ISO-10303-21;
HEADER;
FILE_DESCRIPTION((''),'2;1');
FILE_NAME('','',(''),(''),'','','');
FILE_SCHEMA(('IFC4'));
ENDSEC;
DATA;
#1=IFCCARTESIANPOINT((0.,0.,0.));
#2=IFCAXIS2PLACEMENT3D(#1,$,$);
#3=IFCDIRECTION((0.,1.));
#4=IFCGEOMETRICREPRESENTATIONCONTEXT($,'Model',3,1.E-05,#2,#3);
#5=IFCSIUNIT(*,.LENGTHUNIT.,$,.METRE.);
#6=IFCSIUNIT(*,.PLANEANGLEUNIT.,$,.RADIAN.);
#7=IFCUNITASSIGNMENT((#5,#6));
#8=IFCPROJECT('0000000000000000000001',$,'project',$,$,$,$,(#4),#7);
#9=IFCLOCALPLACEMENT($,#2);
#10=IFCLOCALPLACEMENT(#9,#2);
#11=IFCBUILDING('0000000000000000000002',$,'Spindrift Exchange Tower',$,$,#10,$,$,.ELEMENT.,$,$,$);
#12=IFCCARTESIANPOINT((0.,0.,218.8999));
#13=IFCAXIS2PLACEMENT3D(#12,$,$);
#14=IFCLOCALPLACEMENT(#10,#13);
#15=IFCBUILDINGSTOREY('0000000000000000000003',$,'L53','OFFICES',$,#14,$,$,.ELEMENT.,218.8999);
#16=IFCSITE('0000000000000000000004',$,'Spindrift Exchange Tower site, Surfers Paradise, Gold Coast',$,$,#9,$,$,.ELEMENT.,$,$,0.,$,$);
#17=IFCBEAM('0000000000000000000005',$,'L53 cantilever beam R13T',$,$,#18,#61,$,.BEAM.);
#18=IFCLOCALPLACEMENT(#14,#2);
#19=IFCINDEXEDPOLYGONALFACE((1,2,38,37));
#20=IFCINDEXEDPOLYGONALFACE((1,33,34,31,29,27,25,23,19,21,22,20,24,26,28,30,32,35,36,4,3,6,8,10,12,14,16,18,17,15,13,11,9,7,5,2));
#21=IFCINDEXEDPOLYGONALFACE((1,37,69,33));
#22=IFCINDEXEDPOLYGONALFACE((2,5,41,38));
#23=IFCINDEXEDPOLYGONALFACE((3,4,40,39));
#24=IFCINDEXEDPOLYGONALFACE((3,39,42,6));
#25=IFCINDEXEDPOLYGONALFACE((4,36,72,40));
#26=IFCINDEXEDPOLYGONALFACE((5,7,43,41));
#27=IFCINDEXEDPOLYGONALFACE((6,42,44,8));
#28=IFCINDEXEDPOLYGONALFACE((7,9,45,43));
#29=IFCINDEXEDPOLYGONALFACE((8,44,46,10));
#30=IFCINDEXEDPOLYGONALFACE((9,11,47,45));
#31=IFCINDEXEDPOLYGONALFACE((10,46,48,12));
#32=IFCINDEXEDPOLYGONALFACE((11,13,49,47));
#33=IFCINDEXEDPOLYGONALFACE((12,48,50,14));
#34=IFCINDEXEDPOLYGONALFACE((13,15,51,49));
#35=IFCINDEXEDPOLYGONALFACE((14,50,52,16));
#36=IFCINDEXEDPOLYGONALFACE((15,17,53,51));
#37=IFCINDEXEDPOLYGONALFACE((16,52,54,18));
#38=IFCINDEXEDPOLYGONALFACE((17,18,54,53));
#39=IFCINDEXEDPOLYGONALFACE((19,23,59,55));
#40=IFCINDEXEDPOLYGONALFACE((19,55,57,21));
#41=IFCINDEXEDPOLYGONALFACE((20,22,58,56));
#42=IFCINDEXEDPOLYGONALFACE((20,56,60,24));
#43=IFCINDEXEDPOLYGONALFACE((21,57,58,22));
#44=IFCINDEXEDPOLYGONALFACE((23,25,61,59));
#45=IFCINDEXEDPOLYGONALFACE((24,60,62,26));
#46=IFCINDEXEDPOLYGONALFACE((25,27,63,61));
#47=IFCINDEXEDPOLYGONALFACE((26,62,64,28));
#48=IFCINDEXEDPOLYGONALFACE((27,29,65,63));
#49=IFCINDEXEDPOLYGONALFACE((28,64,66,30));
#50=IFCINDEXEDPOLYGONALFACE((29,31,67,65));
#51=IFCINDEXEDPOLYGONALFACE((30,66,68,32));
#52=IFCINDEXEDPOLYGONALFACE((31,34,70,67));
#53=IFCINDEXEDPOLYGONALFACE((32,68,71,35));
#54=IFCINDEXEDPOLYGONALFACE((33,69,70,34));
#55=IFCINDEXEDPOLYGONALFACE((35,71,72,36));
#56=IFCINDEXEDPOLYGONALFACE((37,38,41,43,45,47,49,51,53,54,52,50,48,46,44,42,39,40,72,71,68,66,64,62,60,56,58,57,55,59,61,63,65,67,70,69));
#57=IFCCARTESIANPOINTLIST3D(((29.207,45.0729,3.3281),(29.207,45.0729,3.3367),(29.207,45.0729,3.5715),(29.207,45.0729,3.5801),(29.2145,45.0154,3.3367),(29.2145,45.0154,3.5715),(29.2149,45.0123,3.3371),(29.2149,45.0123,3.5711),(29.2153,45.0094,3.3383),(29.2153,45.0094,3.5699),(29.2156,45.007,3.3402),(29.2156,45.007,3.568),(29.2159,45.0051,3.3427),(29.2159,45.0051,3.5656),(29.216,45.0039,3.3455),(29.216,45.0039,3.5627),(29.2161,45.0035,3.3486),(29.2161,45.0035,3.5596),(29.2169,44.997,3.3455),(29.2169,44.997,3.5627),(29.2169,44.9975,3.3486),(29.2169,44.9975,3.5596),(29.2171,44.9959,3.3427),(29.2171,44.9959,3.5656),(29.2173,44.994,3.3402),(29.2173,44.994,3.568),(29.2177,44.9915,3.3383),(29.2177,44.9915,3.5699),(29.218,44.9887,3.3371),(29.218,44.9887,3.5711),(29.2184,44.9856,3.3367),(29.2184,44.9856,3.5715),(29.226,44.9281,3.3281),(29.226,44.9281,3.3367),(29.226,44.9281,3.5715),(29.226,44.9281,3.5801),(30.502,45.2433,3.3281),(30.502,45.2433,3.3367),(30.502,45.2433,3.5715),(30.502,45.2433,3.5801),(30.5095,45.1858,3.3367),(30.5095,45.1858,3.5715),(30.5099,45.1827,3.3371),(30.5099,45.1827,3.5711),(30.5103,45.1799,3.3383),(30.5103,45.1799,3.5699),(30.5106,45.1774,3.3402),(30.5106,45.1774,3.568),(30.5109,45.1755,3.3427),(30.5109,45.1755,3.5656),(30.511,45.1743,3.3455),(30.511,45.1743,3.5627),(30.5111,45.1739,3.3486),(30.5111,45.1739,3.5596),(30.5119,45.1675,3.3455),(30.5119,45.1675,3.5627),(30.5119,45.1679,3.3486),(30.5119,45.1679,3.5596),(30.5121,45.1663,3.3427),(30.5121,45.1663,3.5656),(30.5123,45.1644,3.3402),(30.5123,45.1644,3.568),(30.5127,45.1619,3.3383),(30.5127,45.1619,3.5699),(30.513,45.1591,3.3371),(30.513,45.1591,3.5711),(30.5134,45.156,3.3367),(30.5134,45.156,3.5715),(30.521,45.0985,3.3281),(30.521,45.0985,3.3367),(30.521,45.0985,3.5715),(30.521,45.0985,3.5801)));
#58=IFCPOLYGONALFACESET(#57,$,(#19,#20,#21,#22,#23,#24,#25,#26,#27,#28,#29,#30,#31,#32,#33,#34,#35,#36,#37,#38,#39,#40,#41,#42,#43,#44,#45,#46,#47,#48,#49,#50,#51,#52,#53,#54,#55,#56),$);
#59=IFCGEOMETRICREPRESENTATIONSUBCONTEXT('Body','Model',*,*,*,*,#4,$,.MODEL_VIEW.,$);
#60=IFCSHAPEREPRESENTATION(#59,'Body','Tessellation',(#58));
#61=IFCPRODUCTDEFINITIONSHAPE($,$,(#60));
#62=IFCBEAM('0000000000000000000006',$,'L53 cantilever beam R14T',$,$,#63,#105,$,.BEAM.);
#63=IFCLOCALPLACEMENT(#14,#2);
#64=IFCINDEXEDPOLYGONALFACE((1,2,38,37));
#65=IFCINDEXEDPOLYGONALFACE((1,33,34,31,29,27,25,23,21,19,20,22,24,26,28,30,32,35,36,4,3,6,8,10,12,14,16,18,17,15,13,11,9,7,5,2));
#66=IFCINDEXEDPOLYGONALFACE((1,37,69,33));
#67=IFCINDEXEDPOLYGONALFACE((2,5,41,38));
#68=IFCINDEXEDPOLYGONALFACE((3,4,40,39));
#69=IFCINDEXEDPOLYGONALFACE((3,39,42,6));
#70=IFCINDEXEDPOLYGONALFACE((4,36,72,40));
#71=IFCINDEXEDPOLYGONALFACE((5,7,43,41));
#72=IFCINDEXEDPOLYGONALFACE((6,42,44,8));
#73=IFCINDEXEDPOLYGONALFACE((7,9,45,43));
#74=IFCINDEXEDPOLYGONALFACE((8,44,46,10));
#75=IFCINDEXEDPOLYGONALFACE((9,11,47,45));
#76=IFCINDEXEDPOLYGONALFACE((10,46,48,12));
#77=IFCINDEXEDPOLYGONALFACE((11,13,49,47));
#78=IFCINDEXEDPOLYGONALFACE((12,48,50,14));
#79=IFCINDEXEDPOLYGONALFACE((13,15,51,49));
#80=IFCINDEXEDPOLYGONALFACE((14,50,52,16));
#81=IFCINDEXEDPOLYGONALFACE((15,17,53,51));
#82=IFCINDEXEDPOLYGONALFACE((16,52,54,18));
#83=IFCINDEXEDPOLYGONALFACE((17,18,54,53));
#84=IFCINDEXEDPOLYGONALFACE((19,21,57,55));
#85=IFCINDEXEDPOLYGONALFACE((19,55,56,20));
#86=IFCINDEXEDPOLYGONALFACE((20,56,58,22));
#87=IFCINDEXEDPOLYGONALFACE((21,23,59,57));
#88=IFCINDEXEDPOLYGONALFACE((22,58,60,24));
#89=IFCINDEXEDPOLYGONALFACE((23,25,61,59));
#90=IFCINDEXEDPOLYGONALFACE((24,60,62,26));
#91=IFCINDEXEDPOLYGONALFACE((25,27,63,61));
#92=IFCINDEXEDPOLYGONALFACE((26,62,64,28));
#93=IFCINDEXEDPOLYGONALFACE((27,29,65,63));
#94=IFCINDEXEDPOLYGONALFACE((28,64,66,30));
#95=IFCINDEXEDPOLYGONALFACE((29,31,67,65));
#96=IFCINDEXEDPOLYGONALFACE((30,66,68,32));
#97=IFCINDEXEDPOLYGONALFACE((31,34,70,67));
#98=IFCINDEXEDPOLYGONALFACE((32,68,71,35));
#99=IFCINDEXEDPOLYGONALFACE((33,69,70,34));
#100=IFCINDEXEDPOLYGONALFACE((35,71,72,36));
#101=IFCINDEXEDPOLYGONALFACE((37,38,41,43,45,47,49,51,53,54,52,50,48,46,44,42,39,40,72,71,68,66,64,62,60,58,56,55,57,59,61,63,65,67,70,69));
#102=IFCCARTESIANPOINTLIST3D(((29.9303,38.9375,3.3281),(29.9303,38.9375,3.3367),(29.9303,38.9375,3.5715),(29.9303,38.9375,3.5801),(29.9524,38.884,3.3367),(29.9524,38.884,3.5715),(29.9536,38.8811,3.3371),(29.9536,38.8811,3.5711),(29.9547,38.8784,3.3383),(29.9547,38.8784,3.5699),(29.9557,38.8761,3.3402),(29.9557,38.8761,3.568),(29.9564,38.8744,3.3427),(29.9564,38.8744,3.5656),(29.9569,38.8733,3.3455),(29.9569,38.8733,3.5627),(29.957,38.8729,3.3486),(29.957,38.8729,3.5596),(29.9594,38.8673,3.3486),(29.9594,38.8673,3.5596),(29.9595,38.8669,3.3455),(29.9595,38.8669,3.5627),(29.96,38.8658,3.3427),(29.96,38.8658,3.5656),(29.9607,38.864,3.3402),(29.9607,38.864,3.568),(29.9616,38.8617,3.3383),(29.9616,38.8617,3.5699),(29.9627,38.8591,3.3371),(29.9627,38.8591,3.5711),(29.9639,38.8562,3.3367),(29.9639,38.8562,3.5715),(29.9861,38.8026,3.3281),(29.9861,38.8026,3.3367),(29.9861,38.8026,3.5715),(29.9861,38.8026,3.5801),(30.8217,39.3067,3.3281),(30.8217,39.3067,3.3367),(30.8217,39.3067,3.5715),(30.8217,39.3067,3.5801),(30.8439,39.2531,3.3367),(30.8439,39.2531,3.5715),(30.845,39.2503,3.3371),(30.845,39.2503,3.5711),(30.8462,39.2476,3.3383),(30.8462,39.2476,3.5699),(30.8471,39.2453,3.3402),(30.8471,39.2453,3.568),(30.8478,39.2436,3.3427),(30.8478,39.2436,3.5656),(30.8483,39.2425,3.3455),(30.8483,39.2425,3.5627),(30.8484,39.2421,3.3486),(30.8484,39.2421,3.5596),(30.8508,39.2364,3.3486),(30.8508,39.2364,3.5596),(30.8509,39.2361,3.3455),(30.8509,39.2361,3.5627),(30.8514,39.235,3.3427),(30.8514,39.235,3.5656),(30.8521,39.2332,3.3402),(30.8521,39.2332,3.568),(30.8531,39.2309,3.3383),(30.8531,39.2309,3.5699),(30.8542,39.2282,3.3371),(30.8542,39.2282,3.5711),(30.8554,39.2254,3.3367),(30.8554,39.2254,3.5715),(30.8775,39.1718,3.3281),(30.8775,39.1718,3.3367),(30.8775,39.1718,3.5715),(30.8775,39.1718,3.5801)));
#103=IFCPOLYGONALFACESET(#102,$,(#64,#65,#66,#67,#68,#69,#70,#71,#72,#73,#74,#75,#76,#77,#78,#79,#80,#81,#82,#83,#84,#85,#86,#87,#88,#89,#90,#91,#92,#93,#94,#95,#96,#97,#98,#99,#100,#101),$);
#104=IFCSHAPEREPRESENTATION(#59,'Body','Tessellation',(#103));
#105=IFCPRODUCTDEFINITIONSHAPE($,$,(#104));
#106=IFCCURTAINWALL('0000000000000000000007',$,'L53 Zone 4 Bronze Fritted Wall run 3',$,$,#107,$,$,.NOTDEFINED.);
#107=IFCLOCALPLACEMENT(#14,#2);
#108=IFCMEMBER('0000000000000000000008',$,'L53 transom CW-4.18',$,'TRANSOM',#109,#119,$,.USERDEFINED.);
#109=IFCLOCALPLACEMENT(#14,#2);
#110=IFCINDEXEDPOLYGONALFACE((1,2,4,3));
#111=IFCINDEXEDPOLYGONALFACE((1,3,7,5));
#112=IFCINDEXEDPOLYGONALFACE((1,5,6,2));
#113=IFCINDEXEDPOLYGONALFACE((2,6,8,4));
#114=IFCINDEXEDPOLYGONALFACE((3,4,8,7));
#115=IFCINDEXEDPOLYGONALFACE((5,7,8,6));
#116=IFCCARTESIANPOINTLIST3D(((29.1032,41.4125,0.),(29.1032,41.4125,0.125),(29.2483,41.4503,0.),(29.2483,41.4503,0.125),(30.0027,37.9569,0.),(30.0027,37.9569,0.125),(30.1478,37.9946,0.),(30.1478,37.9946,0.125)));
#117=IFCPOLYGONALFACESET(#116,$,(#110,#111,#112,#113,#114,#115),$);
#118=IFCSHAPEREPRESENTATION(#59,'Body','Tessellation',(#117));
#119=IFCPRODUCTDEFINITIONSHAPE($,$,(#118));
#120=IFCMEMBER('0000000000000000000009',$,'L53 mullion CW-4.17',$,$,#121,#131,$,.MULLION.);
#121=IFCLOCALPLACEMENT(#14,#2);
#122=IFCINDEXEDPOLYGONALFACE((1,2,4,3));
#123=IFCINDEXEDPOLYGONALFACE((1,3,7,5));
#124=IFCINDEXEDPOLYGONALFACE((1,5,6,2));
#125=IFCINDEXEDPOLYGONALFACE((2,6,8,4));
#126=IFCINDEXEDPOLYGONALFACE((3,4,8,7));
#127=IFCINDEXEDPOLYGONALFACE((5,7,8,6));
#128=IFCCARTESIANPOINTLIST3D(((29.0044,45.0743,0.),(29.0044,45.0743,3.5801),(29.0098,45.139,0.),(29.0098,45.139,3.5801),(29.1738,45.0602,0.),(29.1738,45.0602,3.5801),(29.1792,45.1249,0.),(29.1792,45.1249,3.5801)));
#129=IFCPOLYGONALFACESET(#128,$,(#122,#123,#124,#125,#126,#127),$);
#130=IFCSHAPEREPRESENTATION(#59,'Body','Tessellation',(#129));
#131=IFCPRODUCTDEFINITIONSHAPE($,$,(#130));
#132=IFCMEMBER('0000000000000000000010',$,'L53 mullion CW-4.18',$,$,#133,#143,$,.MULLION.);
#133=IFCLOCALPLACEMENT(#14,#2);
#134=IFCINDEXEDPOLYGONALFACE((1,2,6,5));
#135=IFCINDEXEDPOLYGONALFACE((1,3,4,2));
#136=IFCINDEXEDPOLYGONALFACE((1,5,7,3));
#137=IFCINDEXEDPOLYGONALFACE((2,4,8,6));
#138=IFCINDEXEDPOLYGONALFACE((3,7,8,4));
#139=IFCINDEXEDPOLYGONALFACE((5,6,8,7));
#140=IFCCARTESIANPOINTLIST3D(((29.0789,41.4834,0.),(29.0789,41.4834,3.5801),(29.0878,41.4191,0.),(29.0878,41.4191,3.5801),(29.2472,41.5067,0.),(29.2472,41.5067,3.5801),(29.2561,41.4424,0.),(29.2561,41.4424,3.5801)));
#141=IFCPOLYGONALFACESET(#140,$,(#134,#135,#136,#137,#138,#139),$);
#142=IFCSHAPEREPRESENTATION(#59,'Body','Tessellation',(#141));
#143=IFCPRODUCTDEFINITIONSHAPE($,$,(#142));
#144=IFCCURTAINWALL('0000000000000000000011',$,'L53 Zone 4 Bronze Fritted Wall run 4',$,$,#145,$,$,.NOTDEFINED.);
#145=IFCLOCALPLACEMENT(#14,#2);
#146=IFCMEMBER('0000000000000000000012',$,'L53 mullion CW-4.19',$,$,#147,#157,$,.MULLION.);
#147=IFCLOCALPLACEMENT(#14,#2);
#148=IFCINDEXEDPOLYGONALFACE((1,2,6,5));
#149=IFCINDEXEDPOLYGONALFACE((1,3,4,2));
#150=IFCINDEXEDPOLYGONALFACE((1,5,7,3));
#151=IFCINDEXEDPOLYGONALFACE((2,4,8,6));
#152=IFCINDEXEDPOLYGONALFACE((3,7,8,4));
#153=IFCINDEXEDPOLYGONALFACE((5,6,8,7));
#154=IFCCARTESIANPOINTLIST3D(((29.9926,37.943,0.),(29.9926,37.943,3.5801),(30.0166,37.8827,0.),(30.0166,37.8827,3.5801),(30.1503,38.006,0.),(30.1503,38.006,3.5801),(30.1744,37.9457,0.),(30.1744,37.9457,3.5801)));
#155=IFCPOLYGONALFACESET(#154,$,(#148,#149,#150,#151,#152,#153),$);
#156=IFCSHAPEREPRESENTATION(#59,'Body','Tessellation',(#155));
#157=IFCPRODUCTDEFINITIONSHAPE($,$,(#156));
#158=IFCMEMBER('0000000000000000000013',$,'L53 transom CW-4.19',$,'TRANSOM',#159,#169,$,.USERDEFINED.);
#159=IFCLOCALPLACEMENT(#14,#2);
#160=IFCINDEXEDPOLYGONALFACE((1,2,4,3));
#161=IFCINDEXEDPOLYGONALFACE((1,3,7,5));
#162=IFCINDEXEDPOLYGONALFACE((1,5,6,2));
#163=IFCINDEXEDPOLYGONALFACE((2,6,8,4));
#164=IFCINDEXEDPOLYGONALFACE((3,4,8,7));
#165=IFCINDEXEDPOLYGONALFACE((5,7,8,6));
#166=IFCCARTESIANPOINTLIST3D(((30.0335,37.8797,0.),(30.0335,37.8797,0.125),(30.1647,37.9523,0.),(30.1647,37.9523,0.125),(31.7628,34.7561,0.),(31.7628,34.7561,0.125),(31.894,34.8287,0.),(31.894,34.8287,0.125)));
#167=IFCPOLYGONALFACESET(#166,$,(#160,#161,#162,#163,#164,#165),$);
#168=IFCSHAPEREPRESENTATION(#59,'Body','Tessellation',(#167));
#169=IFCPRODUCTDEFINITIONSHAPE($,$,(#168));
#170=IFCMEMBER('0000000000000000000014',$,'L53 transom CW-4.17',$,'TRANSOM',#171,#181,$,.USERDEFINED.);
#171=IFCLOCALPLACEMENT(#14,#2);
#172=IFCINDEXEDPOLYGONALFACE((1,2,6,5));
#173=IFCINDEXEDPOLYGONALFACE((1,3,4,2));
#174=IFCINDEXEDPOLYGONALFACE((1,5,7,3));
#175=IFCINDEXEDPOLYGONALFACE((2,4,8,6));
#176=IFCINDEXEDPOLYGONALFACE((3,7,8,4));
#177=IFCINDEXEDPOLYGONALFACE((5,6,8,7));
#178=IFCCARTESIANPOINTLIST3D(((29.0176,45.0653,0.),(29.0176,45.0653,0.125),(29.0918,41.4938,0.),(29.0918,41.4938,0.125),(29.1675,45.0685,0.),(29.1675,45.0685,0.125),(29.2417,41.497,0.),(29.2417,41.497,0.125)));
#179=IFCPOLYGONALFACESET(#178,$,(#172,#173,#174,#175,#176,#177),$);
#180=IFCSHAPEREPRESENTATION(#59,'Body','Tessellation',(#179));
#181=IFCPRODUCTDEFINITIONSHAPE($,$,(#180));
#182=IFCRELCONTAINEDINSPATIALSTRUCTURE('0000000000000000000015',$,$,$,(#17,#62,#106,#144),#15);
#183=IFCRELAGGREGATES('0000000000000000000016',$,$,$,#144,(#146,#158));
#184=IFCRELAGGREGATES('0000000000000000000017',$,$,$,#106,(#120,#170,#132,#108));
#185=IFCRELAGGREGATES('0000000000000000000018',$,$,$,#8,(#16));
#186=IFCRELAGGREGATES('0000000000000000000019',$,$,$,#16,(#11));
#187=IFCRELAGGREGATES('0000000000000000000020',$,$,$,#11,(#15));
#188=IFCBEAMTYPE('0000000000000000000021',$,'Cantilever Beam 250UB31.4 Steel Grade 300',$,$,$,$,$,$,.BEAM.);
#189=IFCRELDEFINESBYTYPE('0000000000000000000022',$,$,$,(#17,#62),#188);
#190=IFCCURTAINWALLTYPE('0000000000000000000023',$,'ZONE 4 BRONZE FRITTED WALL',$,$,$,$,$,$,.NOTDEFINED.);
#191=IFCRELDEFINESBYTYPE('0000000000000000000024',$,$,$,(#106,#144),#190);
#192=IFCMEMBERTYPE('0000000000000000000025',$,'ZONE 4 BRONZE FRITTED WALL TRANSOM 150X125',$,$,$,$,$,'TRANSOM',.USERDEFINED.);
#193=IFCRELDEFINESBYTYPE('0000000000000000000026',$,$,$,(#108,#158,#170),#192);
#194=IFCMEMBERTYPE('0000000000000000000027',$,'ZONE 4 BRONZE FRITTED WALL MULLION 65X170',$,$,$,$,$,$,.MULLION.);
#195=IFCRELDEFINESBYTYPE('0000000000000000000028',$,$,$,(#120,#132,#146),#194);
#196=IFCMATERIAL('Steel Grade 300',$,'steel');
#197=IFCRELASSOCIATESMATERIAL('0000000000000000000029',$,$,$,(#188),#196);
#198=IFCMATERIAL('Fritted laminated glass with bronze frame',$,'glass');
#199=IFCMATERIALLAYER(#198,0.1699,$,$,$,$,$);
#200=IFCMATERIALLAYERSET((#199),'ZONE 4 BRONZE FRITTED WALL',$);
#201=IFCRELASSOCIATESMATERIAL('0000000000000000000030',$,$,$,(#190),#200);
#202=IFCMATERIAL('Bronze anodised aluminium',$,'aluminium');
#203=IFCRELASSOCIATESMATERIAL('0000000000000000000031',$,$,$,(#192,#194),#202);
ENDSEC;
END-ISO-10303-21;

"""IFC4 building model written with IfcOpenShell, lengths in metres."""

from ifc_helpers import new_model, si_unit, direction, frame, origin, origin_2d, place, context, subcontext, project, spatial, rectangle, i_section, extrude, source, transform, mapped, material, layer, layer_set, material_profile, profile_set, type_object, element, aggregate, save


model = new_model("IFC4")

# Units and contexts
model_context = context("Model", 3, precision=1e-05, world=origin(), true_north=direction((0.0, 1.0)))
body_context = subcontext(model_context, "Body", "Model", "MODEL_VIEW")
ifc_project = project(units=[si_unit("LENGTHUNIT", "METRE"), si_unit("PLANEANGLEUNIT", "RADIAN")], contexts=[model_context])

# Site, building, storey
site_placement = place(None, origin())
site = spatial("IfcSite", under=ifc_project, at=site_placement, Name="Spindrift Exchange Tower site, Surfers Paradise, Gold Coast", CompositionType="ELEMENT", RefElevation=0.0)
building_placement = place(site_placement, origin())
building = spatial("IfcBuilding", under=site, at=building_placement, Name="Spindrift Exchange Tower", CompositionType="ELEMENT")
storey_placement = place(building_placement, frame((0.0, 0.0, 218.8999)))
storey = spatial("IfcBuildingStorey", under=building, at=storey_placement, Name="L53", Description="OFFICES", CompositionType="ELEMENT", Elevation=218.8999)

# Beams
ifc_material_1 = material(Name="Steel Grade 300", Category="steel")
ifc_material_profile_1 = material_profile(ifc_material_1, i_section(OverallWidth=0.146, OverallDepth=0.252, WebThickness=0.0061, FlangeThickness=0.0085, FilletRadius=0.012, at=origin_2d()), Name="250UB31.4")
ifc_profile_set_1 = profile_set([ifc_material_profile_1], Name="Steel Grade 300")
beam_type_1 = type_object("IfcBeamType", Name="Cantilever Beam 250UB31.4 Steel Grade 300", PredefinedType="BEAM", material=ifc_profile_set_1)
shared_shape_1 = source(origin(), body_context, "Body", "SweptSolid", [
    extrude(i_section(OverallWidth=0.146, OverallDepth=0.252, WebThickness=0.0061, FlangeThickness=0.0085, FilletRadius=0.012, at=origin_2d()), origin(), (0.0, 0.0, 1.0), 1.3062),
])
beam_1_placement = place(storey_placement, frame((30.5115, 45.1709, 3.4541), z_axis=(-0.991452, -0.130474, 0.0), x_axis=(0.130474, -0.991452, 0.0)))
element("IfcBeam", 1, at=beam_1_placement, inside=storey, type_object=beam_type_1, Name="L53 cantilever beam R13T", PredefinedType="BEAM", context=body_context, shape_type="MappedRepresentation", body=[
    mapped(shared_shape_1, transform((0.0, 0.0, 0.0), scale=1.0)),
])
shared_shape_2 = source(origin(), body_context, "Body", "SweptSolid", [
    extrude(i_section(OverallWidth=0.146, OverallDepth=0.252, WebThickness=0.0061, FlangeThickness=0.0085, FilletRadius=0.012, at=origin_2d()), origin(), (0.0, 0.0, 1.0), 0.9648),
])
beam_2_placement = place(storey_placement, frame((30.8496, 39.2393, 3.4541), z_axis=(-0.923906, -0.38262, 0.0), x_axis=(0.38262, -0.923906, 0.0)))
element("IfcBeam", 2, at=beam_2_placement, inside=storey, type_object=beam_type_1, Name="L53 cantilever beam R14T", PredefinedType="BEAM", context=body_context, shape_type="MappedRepresentation", body=[
    mapped(shared_shape_2, transform((0.0, 0.0, 0.0), scale=1.0)),
])

# Curtain walls, members
ifc_material_2 = material(Name="Fritted laminated glass with bronze frame", Category="glass")
ifc_layer_1 = layer(ifc_material_2, 0.1699)
ifc_layer_set_1 = layer_set([ifc_layer_1], Name="ZONE 4 BRONZE FRITTED WALL")
curtain_wall_type = type_object("IfcCurtainWallType", Name="ZONE 4 BRONZE FRITTED WALL", PredefinedType="NOTDEFINED", material=ifc_layer_set_1)
curtain_wall_1_placement = place(storey_placement, origin())
curtain_wall_1 = element("IfcCurtainWall", 3, at=curtain_wall_1_placement, inside=storey, type_object=curtain_wall_type, Name="L53 Zone 4 Bronze Fritted Wall run 3", PredefinedType="NOTDEFINED")
ifc_material_3 = material(Name="Bronze anodised aluminium", Category="aluminium")
ifc_material_profile_2 = material_profile(ifc_material_3, rectangle(XDim=0.1499, YDim=0.125, at=origin_2d()), Name="ZONE 4 BRONZE FRITTED WALL TRANSOM 150X125")
ifc_profile_set_2 = profile_set([ifc_material_profile_2], Name="Bronze anodised aluminium")
member_type_1 = type_object("IfcMemberType", Name="ZONE 4 BRONZE FRITTED WALL TRANSOM 150X125", ElementType="TRANSOM", PredefinedType="USERDEFINED", material=ifc_profile_set_2)
shared_shape_3 = source(origin(), body_context, "Body", "SweptSolid", [
    extrude(rectangle(XDim=0.1499, YDim=0.125, at=origin_2d()), origin(), (0.0, 0.0, 1.0), 3.5708),
])
member_1_placement = place(storey_placement, frame((29.1758, 41.4314, 0.0625), z_axis=(0.251887, -0.967757, 0.0), x_axis=(0.967757, 0.251887, 0.0)))
member_1 = element("IfcMember", 4, at=member_1_placement, type_object=member_type_1, Name="L53 transom CW-4.18", ObjectType="TRANSOM", PredefinedType="USERDEFINED", context=body_context, shape_type="MappedRepresentation", body=[
    mapped(shared_shape_3, transform((0.0, 0.0, 0.0), scale=1.0)),
])
ifc_material_profile_3 = material_profile(ifc_material_3, rectangle(XDim=0.0649, YDim=0.1699, at=origin_2d()), Name="ZONE 4 BRONZE FRITTED WALL MULLION 65X170")
ifc_profile_set_3 = profile_set([ifc_material_profile_3], Name="Bronze anodised aluminium")
member_type_2 = type_object("IfcMemberType", Name="ZONE 4 BRONZE FRITTED WALL MULLION 65X170", PredefinedType="MULLION", material=ifc_profile_set_3)
shared_shape_4 = source(origin(), body_context, "Body", "SweptSolid", [
    extrude(rectangle(XDim=0.0649, YDim=0.1699, at=origin_2d()), origin(), (0.0, 0.0, 1.0), 3.5801),
])
member_2_placement = place(storey_placement, frame((29.0918, 45.0996, 0.0), z_axis=(0.0, 0.0, 1.0), x_axis=(-0.082974, -0.996552, 0.0)))
member_2 = element("IfcMember", 5, at=member_2_placement, type_object=member_type_2, Name="L53 mullion CW-4.17", PredefinedType="MULLION", context=body_context, shape_type="MappedRepresentation", body=[
    mapped(shared_shape_4, transform((0.0, 0.0, 0.0), scale=1.0)),
])
member_3_placement = place(storey_placement, frame((29.1675, 41.4629, 0.0), z_axis=(0.0, 0.0, 1.0), x_axis=(0.137314, -0.990528, 0.0)))
member_3 = element("IfcMember", 6, at=member_3_placement, type_object=member_type_2, Name="L53 mullion CW-4.18", PredefinedType="MULLION", context=body_context, shape_type="MappedRepresentation", body=[
    mapped(shared_shape_4, transform((0.0, 0.0, 0.0), scale=1.0)),
])
curtain_wall_2_placement = place(storey_placement, origin())
curtain_wall_2 = element("IfcCurtainWall", 7, at=curtain_wall_2_placement, inside=storey, type_object=curtain_wall_type, Name="L53 Zone 4 Bronze Fritted Wall run 4", PredefinedType="NOTDEFINED")
member_4_placement = place(storey_placement, frame((30.0835, 37.9443, 0.0), z_axis=(0.0, 0.0, 1.0), x_axis=(0.371053, -0.928612, 0.0)))
member_4 = element("IfcMember", 8, at=member_4_placement, type_object=member_type_2, Name="L53 mullion CW-4.19", PredefinedType="MULLION", context=body_context, shape_type="MappedRepresentation", body=[
    mapped(shared_shape_4, transform((0.0, 0.0, 0.0), scale=1.0)),
])
shared_shape_5 = source(origin(), body_context, "Body", "SweptSolid", [
    extrude(rectangle(XDim=0.1499, YDim=0.125, at=origin_2d()), origin(), (0.0, 0.0, 1.0), 3.5703),
])
member_5_placement = place(storey_placement, frame((30.0991, 37.916, 0.0625), z_axis=(0.484348, -0.874876, 0.0), x_axis=(0.874876, 0.484348, 0.0)))
member_5 = element("IfcMember", 9, at=member_5_placement, type_object=member_type_1, Name="L53 transom CW-4.19", ObjectType="TRANSOM", PredefinedType="USERDEFINED", context=body_context, shape_type="MappedRepresentation", body=[
    mapped(shared_shape_5, transform((0.0, 0.0, 0.0), scale=1.0)),
])
aggregate(curtain_wall_2, [member_4, member_5])

# Member
shared_shape_6 = source(origin(), body_context, "Body", "SweptSolid", [
    extrude(rectangle(XDim=0.1499, YDim=0.125, at=origin_2d()), origin(), (0.0, 0.0, 1.0), 3.5723),
])
member_6_placement = place(storey_placement, frame((29.0925, 45.0669, 0.0625), z_axis=(0.020776, -0.999784, 0.0), x_axis=(0.999784, 0.020776, 0.0)))
member_6 = element("IfcMember", 10, at=member_6_placement, type_object=member_type_1, Name="L53 transom CW-4.17", ObjectType="TRANSOM", PredefinedType="USERDEFINED", context=body_context, shape_type="MappedRepresentation", body=[
    mapped(shared_shape_6, transform((0.0, 0.0, 0.0), scale=1.0)),
])

aggregate(curtain_wall_1, [member_2, member_6, member_3, member_1])

save(model, "model.ifc")
